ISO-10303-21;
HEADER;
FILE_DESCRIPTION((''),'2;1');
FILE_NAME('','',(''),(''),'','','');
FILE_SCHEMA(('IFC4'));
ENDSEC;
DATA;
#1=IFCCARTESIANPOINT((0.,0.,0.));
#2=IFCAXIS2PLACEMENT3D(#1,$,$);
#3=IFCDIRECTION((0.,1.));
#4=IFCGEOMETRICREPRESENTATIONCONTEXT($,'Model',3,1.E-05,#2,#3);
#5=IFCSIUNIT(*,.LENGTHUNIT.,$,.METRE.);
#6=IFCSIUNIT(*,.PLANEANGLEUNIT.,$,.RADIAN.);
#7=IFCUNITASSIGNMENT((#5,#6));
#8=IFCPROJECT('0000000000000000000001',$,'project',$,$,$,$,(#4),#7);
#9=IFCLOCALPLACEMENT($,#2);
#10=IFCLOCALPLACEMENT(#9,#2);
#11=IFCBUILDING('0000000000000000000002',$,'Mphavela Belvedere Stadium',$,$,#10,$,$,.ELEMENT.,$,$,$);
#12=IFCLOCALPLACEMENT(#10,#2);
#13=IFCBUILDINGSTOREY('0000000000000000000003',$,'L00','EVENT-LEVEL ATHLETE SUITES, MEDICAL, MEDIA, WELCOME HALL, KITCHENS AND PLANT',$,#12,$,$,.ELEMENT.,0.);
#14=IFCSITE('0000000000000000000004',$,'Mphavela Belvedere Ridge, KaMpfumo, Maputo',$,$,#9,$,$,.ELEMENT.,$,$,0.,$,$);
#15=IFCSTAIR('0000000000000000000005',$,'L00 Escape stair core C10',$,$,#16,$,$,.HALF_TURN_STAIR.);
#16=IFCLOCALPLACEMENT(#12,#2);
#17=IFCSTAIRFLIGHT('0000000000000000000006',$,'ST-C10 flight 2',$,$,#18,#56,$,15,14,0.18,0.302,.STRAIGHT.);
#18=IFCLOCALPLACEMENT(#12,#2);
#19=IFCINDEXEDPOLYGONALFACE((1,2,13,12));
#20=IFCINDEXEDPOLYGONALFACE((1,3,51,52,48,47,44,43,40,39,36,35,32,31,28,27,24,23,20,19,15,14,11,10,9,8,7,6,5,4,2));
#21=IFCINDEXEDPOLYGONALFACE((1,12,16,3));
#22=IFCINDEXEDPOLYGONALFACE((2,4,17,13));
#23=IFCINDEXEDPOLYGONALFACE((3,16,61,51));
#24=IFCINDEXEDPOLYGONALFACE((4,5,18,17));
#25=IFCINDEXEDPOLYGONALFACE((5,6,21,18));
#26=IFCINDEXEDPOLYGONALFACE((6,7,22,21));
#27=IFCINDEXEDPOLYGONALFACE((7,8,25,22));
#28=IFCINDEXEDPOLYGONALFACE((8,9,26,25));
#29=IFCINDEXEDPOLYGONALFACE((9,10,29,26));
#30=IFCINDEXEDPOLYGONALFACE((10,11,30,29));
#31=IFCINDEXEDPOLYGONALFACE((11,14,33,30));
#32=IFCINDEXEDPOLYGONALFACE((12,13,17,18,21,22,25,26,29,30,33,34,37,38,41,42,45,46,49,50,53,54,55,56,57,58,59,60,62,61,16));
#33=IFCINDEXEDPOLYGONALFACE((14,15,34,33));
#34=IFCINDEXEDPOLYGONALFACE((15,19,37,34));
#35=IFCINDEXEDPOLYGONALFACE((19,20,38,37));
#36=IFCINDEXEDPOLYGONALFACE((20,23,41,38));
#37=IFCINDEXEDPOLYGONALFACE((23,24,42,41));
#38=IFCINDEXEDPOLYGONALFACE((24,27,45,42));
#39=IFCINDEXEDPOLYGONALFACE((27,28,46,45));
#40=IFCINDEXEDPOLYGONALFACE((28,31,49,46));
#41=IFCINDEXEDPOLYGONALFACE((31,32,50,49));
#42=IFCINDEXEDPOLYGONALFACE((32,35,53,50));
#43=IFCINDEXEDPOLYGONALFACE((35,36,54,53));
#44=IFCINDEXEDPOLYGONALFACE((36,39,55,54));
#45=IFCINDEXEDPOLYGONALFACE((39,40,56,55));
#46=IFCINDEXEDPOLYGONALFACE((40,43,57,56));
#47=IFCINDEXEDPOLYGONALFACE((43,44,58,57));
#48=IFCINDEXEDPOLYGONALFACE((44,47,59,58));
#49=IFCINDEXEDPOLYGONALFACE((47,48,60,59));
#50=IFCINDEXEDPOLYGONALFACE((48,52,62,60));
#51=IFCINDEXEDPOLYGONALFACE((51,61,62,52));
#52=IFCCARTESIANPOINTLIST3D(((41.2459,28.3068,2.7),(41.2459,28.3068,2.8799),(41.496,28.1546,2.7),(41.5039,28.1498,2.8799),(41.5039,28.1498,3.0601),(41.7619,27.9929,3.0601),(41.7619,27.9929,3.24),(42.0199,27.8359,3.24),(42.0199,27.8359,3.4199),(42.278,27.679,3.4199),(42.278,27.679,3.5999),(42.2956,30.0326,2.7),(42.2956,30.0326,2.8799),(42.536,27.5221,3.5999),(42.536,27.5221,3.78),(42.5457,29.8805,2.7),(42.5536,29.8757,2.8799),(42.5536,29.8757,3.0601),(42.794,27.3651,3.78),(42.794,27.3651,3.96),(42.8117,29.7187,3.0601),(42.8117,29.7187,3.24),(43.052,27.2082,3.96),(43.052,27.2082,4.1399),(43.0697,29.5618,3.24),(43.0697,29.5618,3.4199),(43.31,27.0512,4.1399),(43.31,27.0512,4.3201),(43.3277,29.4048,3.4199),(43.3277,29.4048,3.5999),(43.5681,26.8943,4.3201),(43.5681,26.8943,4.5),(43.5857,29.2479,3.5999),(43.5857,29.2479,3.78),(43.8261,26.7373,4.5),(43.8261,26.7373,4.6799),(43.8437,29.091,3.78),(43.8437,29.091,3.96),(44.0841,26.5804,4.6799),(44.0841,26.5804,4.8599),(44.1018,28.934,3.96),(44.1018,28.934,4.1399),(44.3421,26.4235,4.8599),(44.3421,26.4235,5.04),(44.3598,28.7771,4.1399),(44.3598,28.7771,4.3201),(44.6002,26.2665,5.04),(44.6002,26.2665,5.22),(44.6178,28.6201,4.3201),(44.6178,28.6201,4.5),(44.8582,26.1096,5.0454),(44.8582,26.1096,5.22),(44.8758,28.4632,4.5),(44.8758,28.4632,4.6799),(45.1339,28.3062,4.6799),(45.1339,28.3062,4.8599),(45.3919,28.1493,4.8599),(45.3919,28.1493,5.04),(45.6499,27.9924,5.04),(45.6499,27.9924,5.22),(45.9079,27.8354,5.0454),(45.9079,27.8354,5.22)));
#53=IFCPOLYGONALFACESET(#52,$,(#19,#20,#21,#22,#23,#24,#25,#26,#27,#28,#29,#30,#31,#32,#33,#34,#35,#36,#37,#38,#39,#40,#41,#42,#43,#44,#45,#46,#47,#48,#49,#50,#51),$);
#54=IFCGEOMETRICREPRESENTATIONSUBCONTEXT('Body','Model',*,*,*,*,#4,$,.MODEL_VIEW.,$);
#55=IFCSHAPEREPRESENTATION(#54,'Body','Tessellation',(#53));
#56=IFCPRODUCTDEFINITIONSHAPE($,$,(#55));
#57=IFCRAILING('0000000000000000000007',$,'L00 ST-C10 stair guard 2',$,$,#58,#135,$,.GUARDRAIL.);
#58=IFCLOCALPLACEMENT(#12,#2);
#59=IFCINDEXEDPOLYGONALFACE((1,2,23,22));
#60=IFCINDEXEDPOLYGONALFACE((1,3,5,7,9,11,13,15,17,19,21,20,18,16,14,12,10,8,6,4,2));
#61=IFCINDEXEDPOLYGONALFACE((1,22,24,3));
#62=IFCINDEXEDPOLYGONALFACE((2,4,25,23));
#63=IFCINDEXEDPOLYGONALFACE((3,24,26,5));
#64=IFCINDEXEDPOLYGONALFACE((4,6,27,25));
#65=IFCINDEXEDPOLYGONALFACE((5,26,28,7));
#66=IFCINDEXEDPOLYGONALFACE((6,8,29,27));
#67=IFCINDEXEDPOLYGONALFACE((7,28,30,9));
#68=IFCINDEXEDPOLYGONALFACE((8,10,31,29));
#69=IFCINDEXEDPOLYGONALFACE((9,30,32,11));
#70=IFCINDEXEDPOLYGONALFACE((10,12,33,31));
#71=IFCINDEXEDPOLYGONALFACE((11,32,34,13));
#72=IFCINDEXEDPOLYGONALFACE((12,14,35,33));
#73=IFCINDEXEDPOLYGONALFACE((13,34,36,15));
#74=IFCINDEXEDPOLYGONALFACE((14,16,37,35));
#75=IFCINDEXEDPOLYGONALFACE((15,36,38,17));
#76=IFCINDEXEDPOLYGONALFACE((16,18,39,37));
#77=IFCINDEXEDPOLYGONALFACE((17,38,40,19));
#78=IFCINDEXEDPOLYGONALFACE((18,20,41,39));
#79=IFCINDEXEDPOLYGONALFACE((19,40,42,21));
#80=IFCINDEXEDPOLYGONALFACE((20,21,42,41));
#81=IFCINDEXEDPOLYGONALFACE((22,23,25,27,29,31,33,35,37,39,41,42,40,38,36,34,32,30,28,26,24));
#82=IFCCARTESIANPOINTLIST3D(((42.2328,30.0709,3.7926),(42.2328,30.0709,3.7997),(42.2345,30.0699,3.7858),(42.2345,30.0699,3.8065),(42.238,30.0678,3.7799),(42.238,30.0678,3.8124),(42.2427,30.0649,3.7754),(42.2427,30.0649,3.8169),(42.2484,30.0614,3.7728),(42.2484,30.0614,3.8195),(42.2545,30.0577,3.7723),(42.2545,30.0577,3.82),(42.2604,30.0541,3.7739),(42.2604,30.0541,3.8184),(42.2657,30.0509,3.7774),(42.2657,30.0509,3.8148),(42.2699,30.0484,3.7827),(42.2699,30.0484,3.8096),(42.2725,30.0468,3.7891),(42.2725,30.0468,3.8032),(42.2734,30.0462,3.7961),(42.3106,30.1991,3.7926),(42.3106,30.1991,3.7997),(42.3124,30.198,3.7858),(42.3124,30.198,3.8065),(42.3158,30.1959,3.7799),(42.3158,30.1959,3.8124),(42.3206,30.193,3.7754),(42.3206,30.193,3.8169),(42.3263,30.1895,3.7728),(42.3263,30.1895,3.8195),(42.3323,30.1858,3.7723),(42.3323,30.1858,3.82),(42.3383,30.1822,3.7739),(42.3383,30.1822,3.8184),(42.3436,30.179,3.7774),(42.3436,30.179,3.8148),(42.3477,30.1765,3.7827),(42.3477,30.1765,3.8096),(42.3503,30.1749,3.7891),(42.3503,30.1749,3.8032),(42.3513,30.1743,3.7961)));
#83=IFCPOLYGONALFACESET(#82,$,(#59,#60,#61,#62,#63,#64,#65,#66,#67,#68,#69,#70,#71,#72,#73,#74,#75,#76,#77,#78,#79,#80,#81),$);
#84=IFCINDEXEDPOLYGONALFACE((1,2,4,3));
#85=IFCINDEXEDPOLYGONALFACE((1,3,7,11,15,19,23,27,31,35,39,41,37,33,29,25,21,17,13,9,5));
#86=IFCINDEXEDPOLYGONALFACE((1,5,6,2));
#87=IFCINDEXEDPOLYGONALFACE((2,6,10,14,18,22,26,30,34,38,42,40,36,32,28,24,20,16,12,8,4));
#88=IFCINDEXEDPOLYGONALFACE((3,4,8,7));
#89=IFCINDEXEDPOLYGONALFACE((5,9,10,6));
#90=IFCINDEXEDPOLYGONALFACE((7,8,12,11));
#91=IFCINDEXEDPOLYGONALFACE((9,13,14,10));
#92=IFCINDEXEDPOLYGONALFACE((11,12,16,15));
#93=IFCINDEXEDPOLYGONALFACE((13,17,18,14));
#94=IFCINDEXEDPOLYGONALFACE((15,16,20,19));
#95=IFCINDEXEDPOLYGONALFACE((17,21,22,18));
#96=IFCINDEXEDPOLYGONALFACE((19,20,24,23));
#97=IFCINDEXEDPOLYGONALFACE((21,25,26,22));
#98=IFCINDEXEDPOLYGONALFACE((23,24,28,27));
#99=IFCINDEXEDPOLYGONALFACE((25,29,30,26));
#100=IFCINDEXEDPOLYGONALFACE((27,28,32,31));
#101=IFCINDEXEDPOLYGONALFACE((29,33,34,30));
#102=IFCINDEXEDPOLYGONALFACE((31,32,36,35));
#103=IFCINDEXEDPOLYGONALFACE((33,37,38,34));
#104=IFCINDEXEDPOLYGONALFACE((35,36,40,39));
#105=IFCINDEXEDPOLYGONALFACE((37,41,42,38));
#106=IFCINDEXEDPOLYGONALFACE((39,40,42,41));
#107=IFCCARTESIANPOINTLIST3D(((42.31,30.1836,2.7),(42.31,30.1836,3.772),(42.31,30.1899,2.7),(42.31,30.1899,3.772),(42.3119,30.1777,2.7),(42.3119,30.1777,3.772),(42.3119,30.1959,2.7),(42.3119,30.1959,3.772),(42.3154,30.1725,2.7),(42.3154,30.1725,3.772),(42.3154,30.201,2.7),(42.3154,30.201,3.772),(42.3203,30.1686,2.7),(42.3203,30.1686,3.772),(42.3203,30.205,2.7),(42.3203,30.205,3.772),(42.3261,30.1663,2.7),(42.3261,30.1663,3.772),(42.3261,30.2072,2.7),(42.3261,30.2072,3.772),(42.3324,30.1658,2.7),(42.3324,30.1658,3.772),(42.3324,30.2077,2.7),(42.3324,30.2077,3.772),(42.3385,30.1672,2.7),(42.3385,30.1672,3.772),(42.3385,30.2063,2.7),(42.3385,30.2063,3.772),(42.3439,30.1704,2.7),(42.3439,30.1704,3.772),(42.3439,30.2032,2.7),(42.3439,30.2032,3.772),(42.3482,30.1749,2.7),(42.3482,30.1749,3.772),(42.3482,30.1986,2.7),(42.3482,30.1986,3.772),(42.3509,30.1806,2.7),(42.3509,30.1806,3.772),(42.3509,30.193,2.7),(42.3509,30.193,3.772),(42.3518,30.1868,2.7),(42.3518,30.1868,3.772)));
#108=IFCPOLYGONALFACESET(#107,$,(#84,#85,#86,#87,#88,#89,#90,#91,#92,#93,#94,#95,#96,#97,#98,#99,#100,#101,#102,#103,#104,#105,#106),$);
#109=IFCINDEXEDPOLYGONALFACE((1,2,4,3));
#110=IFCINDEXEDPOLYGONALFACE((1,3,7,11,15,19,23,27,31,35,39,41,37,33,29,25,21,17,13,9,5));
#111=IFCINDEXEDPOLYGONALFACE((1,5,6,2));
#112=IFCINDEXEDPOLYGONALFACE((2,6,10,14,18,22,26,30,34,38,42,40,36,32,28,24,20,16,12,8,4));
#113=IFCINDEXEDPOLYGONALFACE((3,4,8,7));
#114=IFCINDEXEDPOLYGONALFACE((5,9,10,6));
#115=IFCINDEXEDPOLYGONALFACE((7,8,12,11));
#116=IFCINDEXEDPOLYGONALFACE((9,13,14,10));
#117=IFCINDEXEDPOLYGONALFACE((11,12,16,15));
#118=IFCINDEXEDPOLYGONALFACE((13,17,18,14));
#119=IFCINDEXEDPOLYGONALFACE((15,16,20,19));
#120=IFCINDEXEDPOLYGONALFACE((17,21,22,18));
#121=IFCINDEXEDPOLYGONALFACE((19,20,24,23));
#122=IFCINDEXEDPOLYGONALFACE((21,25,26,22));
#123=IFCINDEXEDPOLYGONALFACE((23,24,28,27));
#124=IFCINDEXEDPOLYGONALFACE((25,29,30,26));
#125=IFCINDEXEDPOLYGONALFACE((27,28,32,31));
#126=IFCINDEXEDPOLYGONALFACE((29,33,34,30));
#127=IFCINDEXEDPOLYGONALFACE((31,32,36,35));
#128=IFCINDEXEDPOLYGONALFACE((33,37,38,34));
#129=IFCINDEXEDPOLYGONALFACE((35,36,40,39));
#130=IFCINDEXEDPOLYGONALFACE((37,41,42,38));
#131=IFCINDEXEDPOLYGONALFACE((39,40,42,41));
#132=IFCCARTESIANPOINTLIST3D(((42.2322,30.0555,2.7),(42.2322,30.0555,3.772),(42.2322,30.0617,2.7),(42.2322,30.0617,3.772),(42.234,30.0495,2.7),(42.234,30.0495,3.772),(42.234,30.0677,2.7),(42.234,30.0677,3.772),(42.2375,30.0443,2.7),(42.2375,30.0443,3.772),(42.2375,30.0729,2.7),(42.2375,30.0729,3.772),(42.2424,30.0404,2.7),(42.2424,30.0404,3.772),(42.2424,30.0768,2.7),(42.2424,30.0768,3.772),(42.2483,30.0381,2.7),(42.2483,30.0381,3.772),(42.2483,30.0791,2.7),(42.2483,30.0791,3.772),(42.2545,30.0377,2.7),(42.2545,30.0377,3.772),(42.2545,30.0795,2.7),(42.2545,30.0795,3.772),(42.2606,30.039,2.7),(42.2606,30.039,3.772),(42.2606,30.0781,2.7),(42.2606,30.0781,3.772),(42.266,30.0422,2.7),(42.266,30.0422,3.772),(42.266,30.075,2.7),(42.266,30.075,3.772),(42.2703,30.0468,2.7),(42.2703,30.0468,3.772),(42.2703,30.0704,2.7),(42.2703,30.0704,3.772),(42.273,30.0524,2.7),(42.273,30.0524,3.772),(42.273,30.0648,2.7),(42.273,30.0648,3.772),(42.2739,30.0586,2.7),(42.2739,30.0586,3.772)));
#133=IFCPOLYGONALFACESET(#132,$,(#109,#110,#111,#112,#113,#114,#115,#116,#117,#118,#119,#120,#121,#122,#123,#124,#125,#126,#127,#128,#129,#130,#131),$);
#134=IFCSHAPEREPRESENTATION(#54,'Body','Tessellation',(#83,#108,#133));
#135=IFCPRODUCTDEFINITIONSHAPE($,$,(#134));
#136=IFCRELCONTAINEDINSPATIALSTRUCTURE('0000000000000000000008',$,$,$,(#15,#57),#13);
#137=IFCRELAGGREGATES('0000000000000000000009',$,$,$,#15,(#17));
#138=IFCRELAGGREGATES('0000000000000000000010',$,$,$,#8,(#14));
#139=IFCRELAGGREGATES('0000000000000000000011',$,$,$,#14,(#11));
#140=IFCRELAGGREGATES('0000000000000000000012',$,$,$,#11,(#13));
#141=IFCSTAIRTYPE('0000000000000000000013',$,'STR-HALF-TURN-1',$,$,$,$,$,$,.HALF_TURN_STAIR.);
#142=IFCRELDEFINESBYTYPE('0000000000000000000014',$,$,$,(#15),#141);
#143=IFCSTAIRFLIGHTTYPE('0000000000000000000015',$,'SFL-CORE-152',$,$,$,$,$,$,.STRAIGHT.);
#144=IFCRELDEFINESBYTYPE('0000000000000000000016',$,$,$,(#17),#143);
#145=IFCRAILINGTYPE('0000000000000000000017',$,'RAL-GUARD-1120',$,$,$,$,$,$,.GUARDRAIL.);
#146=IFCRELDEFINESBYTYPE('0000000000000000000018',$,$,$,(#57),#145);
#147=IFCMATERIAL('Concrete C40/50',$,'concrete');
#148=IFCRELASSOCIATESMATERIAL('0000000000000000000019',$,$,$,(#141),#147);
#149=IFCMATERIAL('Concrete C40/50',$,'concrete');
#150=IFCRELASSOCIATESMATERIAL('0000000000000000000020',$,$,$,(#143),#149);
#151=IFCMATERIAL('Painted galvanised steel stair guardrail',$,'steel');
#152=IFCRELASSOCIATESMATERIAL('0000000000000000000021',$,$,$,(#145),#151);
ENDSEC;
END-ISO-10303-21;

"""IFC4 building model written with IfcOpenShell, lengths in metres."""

from ifc_helpers import new_model, si_unit, direction, frame, origin, origin_2d, place, context, subcontext, project, spatial, polyline, circle, outline, extrude, material, type_object, element, aggregate, save


model = new_model("IFC4")

# Units and contexts
model_context = context("Model", 3, precision=1e-05, world=origin(), true_north=direction((0.0, 1.0)))
body_context = subcontext(model_context, "Body", "Model", "MODEL_VIEW")
ifc_project = project(units=[si_unit("LENGTHUNIT", "METRE"), si_unit("PLANEANGLEUNIT", "RADIAN")], contexts=[model_context])

# Site, building, storey
site_placement = place(None, origin())
site = spatial("IfcSite", under=ifc_project, at=site_placement, Name="Mphavela Belvedere Ridge, KaMpfumo, Maputo", CompositionType="ELEMENT", RefElevation=0.0)
building_placement = place(site_placement, origin())
building = spatial("IfcBuilding", under=site, at=building_placement, Name="Mphavela Belvedere Stadium", CompositionType="ELEMENT")
storey_placement = place(building_placement, origin())
storey = spatial("IfcBuildingStorey", under=building, at=storey_placement, Name="L00", Description="EVENT-LEVEL ATHLETE SUITES, MEDICAL, MEDIA, WELCOME HALL, KITCHENS AND PLANT", CompositionType="ELEMENT", Elevation=0.0)

# Stair, stair flight
ifc_material_1 = material(Name="Concrete C40/50", Category="concrete")
stair_type = type_object("IfcStairType", Name="STR-HALF-TURN-1", PredefinedType="HALF_TURN_STAIR", material=ifc_material_1)
stair_placement = place(storey_placement, origin())
stair = element("IfcStair", 1, at=stair_placement, inside=storey, type_object=stair_type, Name="L00 Escape stair core C10", PredefinedType="HALF_TURN_STAIR")
ifc_material_2 = material(Name="Concrete C40/50", Category="concrete")
stair_flight_type = type_object("IfcStairFlightType", Name="SFL-CORE-152", PredefinedType="STRAIGHT", material=ifc_material_2)
stair_flight_1_placement = place(storey_placement, frame((41.7708, 29.1697, 2.7), z_axis=(0.0, 0.0, 1.0), x_axis=(0.854368, -0.519668, 0.0)))
stair_flight_1 = element("IfcStairFlight", 2, at=stair_flight_1_placement, type_object=stair_flight_type, Name="ST-C10 flight 2", NumberOfRisers=15, NumberOfTreads=14, PredefinedType="STRAIGHT", RiserHeight=0.18, TreadLength=0.302, context=body_context, shape_type="SweptSolid", body=[
    extrude(outline(polyline([(0.0, 0.0), (0.0, 0.1799), (0.302, 0.1799), (0.302, 0.3601), (0.604, 0.3601), (0.604, 0.54), (0.906, 0.54), (0.906, 0.72), (1.208, 0.72), (1.208, 0.8999), (1.51, 0.8999), (1.51, 1.0801), (1.812, 1.0801), (1.812, 1.26), (2.114, 1.26), (2.114, 1.4399), (2.416, 1.4399), (2.416, 1.6201), (2.718, 1.6201), (2.718, 1.8), (3.02, 1.8), (3.02, 1.98), (3.322, 1.98), (3.322, 2.1599), (3.624, 2.1599), (3.624, 2.3401), (3.926, 2.3401), (3.926, 2.52), (4.228, 2.52), (4.228, 2.7), (4.228, 2.3455), (0.2927, 0.0), (0.0, 0.0)])), frame((0.0, 1.01, 0.0), z_axis=(0.0, -1.0, 0.0), x_axis=(1.0, 0.0, 0.0)), (0.0, 0.0, 1.0), 2.02),
])
aggregate(stair, [stair_flight_1])

# Railing
ifc_material_3 = material(Name="Painted galvanised steel stair guardrail", Category="steel")
railing_type_1 = type_object("IfcRailingType", Name="RAL-GUARD-1120", PredefinedType="GUARDRAIL", material=ifc_material_3)
railing_1_placement = place(storey_placement, frame((42.3308, 30.1868, 2.7)))
element("IfcRailing", 3, at=railing_1_placement, inside=storey, type_object=railing_type_1, Name="L00 ST-C10 stair guard 2", PredefinedType="GUARDRAIL", context=body_context, shape_type="SweptSolid", body=[
    extrude(circle(Radius=0.0239, at=origin_2d()), frame((0.0, 0.0, 1.0962), z_axis=(-0.519275, -0.854607, 0.0), x_axis=(0.854607, -0.519275, 0.0)), (0.0, 0.0, 1.0), 0.1499),
    extrude(circle(Radius=0.021, at=origin_2d()), origin(), (0.0, 0.0, 1.0), 1.072),
    extrude(circle(Radius=0.021, at=origin_2d()), frame((-0.0779, -0.1282, 0.0)), (0.0, 0.0, 1.0), 1.072),
])

save(model, "model.ifc")
